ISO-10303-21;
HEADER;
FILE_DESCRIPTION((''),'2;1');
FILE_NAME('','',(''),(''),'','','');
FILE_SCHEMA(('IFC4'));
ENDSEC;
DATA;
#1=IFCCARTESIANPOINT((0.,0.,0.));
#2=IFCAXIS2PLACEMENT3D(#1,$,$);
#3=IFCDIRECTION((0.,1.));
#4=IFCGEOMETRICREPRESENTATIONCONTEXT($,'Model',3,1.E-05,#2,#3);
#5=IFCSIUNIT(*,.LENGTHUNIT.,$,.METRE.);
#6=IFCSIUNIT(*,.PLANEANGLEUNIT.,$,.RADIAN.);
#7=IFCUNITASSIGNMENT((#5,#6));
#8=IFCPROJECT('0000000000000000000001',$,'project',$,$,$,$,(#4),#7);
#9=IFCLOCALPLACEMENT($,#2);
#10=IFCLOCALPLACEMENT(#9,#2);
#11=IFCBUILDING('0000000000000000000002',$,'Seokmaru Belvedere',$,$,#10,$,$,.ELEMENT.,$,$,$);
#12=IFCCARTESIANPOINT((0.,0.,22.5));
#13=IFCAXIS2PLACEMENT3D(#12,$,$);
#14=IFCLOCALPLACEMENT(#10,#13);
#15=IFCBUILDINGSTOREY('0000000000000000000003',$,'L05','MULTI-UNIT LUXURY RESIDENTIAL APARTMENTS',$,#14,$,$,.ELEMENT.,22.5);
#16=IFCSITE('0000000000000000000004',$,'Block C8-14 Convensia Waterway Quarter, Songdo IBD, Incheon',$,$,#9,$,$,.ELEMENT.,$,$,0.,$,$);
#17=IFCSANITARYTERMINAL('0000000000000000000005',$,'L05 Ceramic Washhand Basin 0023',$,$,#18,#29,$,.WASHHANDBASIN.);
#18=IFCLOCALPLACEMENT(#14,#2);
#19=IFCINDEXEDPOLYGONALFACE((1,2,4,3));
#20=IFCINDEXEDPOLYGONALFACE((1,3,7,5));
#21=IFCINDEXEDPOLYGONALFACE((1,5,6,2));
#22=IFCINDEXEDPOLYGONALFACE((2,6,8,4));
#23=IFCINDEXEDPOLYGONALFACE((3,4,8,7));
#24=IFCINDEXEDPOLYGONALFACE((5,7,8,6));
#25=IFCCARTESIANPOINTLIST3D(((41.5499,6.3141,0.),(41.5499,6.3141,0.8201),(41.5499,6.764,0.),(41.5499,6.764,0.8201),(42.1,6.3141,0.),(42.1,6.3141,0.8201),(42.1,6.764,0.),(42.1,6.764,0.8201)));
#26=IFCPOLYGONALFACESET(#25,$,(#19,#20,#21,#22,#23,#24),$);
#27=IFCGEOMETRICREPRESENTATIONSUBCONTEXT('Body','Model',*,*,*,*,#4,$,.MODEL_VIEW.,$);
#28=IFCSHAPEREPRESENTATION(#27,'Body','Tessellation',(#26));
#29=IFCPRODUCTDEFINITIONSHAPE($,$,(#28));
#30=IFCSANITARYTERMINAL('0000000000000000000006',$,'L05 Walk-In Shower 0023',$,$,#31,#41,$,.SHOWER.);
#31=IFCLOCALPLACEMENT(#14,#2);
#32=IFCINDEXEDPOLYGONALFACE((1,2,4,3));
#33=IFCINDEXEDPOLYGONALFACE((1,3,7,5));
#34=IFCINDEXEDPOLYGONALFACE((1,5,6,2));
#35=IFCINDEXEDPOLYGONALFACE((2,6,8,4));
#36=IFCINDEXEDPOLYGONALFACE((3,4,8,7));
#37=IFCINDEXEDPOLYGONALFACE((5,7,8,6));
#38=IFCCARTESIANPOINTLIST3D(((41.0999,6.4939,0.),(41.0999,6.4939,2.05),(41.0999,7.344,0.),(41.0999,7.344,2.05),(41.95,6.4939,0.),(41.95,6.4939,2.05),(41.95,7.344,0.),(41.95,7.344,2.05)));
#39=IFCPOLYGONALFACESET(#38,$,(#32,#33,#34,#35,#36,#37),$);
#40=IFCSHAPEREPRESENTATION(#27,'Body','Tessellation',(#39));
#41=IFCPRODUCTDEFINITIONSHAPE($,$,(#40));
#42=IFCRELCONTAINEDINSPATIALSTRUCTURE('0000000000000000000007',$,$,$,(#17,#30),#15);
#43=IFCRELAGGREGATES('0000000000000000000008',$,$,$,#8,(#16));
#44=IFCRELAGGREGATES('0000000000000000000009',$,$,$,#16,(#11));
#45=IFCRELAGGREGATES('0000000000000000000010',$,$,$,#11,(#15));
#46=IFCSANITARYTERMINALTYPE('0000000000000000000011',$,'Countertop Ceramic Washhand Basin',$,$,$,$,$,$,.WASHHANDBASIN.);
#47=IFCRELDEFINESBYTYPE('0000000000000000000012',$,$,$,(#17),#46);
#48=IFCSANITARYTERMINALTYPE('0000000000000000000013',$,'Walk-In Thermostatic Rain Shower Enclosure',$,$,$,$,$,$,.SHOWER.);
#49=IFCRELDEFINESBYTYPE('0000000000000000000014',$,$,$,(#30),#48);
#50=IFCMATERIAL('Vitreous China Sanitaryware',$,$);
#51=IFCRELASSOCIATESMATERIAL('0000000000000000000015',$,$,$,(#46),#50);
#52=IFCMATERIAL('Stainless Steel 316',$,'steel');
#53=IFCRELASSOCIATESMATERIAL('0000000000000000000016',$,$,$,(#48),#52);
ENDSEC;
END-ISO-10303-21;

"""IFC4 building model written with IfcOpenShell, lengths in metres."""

from ifc_helpers import new_model, si_unit, direction, frame, origin, origin_2d, place, context, subcontext, project, spatial, rectangle, extrude, source, transform, mapped, material, type_object, type_shapes, element, save


model = new_model("IFC4")

# Units and contexts
model_context = context("Model", 3, precision=1e-05, world=origin(), true_north=direction((0.0, 1.0)))
body_context = subcontext(model_context, "Body", "Model", "MODEL_VIEW")
ifc_project = project(units=[si_unit("LENGTHUNIT", "METRE"), si_unit("PLANEANGLEUNIT", "RADIAN")], contexts=[model_context])

# Site, building, storey
site_placement = place(None, origin())
site = spatial("IfcSite", under=ifc_project, at=site_placement, Name="Block C8-14 Convensia Waterway Quarter, Songdo IBD, Incheon", CompositionType="ELEMENT", RefElevation=0.0)
building_placement = place(site_placement, origin())
building = spatial("IfcBuilding", under=site, at=building_placement, Name="Seokmaru Belvedere", CompositionType="ELEMENT")
storey_placement = place(building_placement, frame((0.0, 0.0, 22.5)))
storey = spatial("IfcBuildingStorey", under=building, at=storey_placement, Name="L05", Description="MULTI-UNIT LUXURY RESIDENTIAL APARTMENTS", CompositionType="ELEMENT", Elevation=22.5)

# Sanitary terminals
ifc_material_1 = material(Name="Vitreous China Sanitaryware")
sanitary_terminal_type_1 = type_object("IfcSanitaryTerminalType", Name="Countertop Ceramic Washhand Basin", PredefinedType="WASHHANDBASIN", material=ifc_material_1)
shared_shape_1 = source(origin(), body_context, "Body", "SweptSolid", [
    extrude(rectangle(XDim=0.55, YDim=0.45, at=origin_2d()), origin(), (0.0, 0.0, 1.0), 0.8201),
])
type_shapes(sanitary_terminal_type_1, [shared_shape_1])
sanitary_terminal_1_placement = place(storey_placement, frame((41.825, 6.5391, 0.0), z_axis=(0.0, 0.0, 1.0), x_axis=(1.0, 0.0, 0.0)))
element("IfcSanitaryTerminal", 1, at=sanitary_terminal_1_placement, inside=storey, type_object=sanitary_terminal_type_1, Name="L05 Ceramic Washhand Basin 0023", PredefinedType="WASHHANDBASIN", context=body_context, shape_type="MappedRepresentation", body=[
    mapped(shared_shape_1, transform((0.0, 0.0, 0.0), scale=1.0)),
])
ifc_material_2 = material(Name="Stainless Steel 316", Category="steel")
sanitary_terminal_type_2 = type_object("IfcSanitaryTerminalType", Name="Walk-In Thermostatic Rain Shower Enclosure", PredefinedType="SHOWER", material=ifc_material_2)
shared_shape_2 = source(origin(), body_context, "Body", "SweptSolid", [
    extrude(rectangle(XDim=0.8501, YDim=0.8501, at=origin_2d()), origin(), (0.0, 0.0, 1.0), 2.05),
])
type_shapes(sanitary_terminal_type_2, [shared_shape_2])
sanitary_terminal_2_placement = place(storey_placement, frame((41.5249, 6.9189, 0.0), z_axis=(0.0, 0.0, 1.0), x_axis=(1.0, 0.0, 0.0)))
element("IfcSanitaryTerminal", 2, at=sanitary_terminal_2_placement, inside=storey, type_object=sanitary_terminal_type_2, Name="L05 Walk-In Shower 0023", PredefinedType="SHOWER", context=body_context, shape_type="MappedRepresentation", body=[
    mapped(shared_shape_2, transform((0.0, 0.0, 0.0), scale=1.0)),
])

save(model, "model.ifc")
